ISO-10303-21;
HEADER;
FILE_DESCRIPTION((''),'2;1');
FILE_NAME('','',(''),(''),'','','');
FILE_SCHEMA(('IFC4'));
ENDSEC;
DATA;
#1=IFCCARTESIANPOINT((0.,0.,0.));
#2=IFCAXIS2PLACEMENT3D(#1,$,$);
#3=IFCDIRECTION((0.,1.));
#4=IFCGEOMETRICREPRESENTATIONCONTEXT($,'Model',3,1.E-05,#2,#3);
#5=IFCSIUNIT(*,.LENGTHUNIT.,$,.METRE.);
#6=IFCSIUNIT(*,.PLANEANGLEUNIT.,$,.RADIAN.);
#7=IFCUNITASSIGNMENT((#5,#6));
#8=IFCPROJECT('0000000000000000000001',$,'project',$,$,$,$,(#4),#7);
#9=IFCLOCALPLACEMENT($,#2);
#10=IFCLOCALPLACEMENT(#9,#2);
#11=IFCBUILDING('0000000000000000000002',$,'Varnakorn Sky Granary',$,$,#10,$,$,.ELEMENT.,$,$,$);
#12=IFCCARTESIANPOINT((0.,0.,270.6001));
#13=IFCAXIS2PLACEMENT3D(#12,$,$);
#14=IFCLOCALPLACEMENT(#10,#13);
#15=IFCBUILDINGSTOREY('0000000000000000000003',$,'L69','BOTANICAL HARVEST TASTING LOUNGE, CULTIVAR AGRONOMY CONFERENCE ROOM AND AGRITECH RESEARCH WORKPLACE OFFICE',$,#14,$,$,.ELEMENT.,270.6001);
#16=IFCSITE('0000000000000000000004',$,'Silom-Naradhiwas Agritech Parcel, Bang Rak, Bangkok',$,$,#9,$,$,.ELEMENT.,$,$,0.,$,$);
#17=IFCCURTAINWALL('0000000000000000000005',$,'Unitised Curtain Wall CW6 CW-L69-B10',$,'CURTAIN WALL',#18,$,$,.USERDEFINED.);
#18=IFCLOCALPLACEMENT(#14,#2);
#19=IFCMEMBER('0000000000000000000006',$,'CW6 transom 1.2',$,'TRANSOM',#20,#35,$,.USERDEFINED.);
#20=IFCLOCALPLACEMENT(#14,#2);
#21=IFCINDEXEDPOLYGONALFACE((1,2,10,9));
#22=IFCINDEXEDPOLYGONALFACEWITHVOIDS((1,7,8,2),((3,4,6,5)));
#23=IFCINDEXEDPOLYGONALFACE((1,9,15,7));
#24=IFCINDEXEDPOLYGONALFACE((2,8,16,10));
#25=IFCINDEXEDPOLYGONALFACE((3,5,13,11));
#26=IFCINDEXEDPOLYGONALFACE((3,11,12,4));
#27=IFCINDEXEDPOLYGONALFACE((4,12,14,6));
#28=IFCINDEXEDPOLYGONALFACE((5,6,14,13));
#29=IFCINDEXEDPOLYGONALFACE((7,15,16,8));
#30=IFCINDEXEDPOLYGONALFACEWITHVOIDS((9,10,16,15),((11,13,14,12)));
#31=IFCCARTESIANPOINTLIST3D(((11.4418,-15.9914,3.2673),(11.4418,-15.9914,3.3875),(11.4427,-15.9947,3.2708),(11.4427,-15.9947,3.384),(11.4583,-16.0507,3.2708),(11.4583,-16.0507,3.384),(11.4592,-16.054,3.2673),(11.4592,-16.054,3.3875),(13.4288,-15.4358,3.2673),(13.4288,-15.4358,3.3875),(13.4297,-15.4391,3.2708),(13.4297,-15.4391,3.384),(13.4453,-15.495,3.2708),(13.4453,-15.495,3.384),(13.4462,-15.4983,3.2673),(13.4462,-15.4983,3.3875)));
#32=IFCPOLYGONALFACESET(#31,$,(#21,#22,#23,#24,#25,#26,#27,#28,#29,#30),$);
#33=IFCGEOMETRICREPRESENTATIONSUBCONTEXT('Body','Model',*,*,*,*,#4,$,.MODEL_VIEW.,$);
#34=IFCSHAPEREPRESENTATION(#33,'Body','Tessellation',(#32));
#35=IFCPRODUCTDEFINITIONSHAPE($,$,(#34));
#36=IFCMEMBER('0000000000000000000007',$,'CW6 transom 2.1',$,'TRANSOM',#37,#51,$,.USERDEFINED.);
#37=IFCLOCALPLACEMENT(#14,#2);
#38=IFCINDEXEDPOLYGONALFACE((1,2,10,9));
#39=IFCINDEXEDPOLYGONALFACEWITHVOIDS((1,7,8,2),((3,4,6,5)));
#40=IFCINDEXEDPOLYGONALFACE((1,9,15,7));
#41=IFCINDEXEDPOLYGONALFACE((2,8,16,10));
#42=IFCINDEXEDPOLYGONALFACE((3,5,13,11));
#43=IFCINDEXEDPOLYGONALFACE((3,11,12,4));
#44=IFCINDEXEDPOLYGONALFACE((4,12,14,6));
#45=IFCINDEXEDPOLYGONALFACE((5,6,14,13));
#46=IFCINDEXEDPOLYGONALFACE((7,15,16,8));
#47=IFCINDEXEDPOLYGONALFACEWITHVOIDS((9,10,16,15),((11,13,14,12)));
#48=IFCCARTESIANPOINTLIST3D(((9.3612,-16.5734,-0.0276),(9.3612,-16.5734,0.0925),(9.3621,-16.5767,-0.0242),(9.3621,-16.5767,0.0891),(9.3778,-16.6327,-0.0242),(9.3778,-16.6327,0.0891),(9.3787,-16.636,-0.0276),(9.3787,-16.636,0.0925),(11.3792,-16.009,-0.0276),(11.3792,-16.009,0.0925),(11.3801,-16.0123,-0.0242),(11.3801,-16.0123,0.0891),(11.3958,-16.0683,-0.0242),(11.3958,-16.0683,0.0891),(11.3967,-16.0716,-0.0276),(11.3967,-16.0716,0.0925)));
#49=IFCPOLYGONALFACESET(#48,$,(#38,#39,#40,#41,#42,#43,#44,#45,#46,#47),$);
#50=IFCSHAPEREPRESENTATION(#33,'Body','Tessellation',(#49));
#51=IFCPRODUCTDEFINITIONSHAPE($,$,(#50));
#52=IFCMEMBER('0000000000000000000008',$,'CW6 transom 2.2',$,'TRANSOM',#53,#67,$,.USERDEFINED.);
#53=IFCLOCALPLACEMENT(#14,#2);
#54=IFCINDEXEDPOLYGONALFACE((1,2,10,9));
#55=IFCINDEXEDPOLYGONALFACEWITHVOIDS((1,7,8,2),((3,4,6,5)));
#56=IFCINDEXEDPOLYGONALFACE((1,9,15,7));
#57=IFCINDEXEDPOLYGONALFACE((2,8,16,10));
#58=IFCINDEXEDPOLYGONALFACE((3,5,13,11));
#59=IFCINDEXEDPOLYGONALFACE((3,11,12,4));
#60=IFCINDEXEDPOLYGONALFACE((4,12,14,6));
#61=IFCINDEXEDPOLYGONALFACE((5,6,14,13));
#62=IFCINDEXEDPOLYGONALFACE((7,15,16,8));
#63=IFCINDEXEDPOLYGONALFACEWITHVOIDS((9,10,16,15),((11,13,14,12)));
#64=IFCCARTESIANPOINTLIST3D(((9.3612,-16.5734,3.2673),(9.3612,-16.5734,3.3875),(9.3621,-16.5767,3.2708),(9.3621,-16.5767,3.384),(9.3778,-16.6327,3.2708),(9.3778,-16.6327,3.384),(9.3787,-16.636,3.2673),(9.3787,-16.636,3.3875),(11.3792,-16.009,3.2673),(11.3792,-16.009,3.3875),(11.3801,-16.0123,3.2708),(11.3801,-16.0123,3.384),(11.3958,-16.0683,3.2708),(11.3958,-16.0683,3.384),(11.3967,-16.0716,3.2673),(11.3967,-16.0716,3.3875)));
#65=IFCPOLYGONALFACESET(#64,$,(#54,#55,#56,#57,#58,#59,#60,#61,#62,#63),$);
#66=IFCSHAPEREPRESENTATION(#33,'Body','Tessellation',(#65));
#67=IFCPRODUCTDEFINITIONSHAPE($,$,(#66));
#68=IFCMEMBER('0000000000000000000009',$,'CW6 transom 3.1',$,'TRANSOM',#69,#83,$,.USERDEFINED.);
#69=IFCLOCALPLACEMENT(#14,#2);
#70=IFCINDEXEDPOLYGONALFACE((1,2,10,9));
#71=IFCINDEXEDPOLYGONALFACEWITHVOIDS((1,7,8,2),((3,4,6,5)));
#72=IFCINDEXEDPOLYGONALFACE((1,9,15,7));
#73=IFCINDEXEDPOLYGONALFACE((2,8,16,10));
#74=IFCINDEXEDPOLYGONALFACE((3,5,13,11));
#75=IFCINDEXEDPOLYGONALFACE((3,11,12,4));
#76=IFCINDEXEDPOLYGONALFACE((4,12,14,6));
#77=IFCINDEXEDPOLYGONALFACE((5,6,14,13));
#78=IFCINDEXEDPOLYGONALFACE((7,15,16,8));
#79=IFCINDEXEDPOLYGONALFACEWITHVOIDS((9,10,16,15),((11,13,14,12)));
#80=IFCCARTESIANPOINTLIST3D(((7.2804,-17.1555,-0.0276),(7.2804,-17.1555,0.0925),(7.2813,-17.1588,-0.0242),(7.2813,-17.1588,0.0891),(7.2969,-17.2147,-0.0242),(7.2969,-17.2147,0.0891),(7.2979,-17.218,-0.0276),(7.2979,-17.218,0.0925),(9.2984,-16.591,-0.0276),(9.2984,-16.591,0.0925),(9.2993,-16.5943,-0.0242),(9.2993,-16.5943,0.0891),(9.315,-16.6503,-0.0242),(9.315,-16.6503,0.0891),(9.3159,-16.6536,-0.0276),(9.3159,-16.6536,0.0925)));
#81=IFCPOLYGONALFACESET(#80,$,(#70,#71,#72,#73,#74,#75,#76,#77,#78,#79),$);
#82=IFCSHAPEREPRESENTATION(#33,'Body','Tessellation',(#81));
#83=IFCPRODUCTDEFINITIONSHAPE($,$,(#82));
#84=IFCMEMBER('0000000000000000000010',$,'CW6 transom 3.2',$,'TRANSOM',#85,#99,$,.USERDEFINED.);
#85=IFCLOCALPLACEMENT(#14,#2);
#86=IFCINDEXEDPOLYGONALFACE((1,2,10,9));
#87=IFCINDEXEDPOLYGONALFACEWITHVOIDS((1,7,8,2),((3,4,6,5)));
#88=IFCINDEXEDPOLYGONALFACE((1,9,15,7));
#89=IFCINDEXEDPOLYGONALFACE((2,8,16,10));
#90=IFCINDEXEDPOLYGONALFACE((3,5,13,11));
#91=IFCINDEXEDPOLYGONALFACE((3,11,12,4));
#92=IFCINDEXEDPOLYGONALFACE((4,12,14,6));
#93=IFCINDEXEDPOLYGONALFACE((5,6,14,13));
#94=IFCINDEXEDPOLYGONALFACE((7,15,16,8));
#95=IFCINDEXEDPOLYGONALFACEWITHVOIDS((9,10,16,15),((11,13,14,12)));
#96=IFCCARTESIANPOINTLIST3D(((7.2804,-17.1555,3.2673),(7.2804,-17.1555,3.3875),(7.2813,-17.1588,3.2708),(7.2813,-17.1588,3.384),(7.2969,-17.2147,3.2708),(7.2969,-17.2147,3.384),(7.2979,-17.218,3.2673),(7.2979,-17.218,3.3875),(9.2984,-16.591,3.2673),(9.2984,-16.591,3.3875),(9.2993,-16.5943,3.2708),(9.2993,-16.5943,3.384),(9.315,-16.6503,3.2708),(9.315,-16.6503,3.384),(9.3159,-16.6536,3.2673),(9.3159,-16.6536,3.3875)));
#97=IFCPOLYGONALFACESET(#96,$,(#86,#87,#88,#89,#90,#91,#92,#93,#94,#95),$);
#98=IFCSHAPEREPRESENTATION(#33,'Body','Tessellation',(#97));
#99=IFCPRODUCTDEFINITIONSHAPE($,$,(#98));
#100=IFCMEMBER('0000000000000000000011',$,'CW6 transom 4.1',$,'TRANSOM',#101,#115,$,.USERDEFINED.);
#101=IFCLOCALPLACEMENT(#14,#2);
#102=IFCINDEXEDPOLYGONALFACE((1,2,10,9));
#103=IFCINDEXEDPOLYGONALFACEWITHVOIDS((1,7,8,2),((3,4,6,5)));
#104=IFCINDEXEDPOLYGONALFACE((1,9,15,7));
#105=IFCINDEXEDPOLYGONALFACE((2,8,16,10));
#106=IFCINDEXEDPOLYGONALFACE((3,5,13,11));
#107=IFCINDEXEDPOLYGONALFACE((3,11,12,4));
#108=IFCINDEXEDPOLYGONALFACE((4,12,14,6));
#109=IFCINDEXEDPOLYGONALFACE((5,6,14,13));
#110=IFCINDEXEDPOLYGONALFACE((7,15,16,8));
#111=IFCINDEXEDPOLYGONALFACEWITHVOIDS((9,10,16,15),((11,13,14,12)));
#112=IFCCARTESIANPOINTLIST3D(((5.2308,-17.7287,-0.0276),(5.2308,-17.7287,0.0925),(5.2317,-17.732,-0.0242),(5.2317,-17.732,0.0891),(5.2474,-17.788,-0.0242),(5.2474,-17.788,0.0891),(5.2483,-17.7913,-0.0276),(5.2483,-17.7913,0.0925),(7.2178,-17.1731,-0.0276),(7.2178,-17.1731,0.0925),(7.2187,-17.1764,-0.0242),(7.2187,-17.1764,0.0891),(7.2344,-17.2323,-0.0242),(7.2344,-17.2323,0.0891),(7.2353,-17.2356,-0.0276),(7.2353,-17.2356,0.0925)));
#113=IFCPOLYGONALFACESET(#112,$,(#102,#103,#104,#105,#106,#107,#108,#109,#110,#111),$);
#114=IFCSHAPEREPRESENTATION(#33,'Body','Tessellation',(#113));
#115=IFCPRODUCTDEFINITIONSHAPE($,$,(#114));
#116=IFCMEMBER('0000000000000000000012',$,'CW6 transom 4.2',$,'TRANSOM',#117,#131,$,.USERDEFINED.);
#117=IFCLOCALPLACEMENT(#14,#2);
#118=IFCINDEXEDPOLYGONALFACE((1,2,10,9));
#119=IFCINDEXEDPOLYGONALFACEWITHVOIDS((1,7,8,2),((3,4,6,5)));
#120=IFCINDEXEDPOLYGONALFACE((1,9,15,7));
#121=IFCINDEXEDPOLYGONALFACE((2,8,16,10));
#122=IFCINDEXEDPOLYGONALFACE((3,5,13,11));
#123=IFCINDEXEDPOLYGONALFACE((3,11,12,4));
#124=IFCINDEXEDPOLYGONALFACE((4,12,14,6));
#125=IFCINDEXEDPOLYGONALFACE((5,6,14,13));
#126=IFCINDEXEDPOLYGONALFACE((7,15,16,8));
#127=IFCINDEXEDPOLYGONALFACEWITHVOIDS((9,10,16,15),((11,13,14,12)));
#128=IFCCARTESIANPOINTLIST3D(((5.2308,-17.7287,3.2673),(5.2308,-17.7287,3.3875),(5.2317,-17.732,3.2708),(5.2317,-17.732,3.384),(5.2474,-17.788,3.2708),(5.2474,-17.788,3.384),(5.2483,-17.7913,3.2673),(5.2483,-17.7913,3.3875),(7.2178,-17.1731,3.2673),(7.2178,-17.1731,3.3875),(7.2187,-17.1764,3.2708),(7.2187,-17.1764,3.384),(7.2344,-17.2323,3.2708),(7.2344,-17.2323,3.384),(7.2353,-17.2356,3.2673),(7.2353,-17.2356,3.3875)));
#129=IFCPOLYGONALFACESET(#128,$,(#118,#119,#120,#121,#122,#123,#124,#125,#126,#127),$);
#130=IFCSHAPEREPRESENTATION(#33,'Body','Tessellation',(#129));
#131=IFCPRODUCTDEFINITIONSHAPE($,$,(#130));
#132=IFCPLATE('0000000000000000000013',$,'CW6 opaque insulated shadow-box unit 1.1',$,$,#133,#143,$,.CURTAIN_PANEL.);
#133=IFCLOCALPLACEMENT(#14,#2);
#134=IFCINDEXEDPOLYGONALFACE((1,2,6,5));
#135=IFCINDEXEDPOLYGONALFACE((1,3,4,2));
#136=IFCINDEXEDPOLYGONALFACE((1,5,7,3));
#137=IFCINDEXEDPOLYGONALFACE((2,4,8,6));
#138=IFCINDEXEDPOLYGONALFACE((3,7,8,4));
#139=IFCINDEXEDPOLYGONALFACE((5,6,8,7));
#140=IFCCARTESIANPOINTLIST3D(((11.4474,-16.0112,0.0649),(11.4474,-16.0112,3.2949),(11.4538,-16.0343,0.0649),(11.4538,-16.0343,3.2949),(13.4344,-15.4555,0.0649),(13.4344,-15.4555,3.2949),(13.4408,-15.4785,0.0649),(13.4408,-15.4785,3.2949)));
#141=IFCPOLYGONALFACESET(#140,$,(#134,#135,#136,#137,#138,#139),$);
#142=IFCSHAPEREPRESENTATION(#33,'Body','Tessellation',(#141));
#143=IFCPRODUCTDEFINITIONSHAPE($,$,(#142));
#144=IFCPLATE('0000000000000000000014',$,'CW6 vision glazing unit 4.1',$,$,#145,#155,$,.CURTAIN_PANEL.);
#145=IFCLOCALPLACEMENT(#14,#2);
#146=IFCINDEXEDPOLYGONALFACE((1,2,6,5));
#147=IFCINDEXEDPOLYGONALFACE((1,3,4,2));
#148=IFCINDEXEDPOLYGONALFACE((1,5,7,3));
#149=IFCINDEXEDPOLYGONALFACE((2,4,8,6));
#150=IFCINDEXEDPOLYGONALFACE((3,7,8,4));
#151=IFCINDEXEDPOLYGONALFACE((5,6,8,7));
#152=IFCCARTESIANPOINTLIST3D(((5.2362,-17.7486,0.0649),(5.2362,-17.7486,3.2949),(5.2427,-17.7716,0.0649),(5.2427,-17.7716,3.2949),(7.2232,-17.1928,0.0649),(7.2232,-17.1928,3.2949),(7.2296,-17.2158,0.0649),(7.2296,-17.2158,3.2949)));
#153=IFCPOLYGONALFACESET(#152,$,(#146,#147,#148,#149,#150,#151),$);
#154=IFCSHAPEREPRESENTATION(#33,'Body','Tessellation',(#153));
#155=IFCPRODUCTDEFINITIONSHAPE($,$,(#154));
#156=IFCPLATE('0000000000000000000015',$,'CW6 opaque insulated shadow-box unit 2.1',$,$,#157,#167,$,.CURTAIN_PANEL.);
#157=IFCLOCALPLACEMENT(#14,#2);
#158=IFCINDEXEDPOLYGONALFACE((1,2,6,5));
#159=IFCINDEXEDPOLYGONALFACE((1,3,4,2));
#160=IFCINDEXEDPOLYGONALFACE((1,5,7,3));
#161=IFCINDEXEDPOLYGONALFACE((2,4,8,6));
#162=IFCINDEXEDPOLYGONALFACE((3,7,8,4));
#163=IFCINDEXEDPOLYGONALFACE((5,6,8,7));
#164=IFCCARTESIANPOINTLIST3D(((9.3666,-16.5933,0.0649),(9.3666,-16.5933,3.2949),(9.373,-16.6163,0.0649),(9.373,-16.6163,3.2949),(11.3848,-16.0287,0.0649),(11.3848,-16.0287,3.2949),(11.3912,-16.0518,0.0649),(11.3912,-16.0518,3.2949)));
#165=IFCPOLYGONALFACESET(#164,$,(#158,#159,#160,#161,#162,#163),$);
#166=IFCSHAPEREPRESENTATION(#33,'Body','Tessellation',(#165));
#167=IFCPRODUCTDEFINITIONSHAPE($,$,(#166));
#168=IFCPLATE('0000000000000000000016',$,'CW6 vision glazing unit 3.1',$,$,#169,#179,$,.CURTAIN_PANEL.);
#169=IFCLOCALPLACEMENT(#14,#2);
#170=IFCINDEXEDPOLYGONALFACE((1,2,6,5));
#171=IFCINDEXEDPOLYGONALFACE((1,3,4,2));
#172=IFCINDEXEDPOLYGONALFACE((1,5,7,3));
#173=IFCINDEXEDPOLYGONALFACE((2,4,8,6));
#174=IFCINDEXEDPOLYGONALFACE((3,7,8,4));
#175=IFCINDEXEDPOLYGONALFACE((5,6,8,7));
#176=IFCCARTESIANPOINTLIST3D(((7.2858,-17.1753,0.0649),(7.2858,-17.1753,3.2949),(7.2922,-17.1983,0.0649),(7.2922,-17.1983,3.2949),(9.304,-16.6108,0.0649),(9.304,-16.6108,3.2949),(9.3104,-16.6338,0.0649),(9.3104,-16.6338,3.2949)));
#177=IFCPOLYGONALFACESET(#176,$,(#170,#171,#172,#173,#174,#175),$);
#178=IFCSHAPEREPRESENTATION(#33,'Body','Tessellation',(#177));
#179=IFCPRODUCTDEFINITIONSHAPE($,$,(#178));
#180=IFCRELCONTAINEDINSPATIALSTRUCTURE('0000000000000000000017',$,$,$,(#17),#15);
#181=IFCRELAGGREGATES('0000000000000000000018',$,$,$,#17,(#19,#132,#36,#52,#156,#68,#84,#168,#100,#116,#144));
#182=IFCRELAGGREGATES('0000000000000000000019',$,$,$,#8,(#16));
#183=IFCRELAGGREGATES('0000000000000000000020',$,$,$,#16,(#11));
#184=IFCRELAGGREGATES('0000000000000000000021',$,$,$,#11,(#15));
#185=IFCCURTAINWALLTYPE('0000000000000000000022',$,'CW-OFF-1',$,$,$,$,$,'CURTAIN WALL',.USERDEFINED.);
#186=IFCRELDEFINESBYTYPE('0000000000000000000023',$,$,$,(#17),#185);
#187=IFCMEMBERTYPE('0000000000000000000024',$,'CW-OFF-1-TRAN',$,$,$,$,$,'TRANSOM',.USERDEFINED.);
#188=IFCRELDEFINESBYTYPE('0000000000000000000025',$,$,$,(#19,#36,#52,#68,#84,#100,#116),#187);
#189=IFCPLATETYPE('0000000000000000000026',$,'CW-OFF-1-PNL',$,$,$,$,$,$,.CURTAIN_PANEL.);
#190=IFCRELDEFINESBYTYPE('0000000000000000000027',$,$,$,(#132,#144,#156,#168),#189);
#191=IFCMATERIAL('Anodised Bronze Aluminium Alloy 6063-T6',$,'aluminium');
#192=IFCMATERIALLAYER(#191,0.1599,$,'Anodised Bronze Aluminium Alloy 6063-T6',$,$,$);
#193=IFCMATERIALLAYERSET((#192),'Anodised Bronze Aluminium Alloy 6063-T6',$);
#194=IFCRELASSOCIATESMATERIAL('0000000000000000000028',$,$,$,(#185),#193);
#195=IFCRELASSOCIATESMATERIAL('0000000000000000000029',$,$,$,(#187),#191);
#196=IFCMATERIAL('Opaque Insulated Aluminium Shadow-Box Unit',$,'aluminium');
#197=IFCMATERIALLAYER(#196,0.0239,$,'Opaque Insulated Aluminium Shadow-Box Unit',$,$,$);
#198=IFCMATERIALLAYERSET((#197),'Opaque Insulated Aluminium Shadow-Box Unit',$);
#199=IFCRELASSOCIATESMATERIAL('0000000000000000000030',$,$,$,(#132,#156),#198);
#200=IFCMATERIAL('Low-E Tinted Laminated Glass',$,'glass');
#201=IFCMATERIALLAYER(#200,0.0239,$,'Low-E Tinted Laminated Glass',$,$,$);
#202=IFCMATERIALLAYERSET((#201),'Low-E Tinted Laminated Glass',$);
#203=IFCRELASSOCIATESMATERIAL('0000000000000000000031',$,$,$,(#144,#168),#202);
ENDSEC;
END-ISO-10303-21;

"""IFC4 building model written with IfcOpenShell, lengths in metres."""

from ifc_helpers import new_model, si_unit, direction, frame, origin, origin_2d, place, context, subcontext, project, spatial, rectangle, hollow_rectangle, extrude, source, transform, mapped, material, layer, layer_set, material_profile, profile_set, type_object, type_shapes, element, aggregate, save


model = new_model("IFC4")

# Units and contexts
model_context = context("Model", 3, precision=1e-05, world=origin(), true_north=direction((0.0, 1.0)))
body_context = subcontext(model_context, "Body", "Model", "MODEL_VIEW")
ifc_project = project(units=[si_unit("LENGTHUNIT", "METRE"), si_unit("PLANEANGLEUNIT", "RADIAN")], contexts=[model_context])

# Site, building, storey
site_placement = place(None, origin())
site = spatial("IfcSite", under=ifc_project, at=site_placement, Name="Silom-Naradhiwas Agritech Parcel, Bang Rak, Bangkok", CompositionType="ELEMENT", RefElevation=0.0)
building_placement = place(site_placement, origin())
building = spatial("IfcBuilding", under=site, at=building_placement, Name="Varnakorn Sky Granary", CompositionType="ELEMENT")
storey_placement = place(building_placement, frame((0.0, 0.0, 270.6001)))
storey = spatial("IfcBuildingStorey", under=building, at=storey_placement, Name="L69", Description="BOTANICAL HARVEST TASTING LOUNGE, CULTIVAR AGRONOMY CONFERENCE ROOM AND AGRITECH RESEARCH WORKPLACE OFFICE", CompositionType="ELEMENT", Elevation=270.6001)

# Curtain wall, members, plates
ifc_material_1 = material(Name="Anodised Bronze Aluminium Alloy 6063-T6", Category="aluminium")
ifc_layer_1 = layer(ifc_material_1, 0.1599, Name="Anodised Bronze Aluminium Alloy 6063-T6")
ifc_layer_set_1 = layer_set([ifc_layer_1], Name="Anodised Bronze Aluminium Alloy 6063-T6")
curtain_wall_type = type_object("IfcCurtainWallType", Name="CW-OFF-1", ElementType="CURTAIN WALL", PredefinedType="USERDEFINED", material=ifc_layer_set_1)
curtain_wall_placement = place(storey_placement, origin())
curtain_wall = element("IfcCurtainWall", 1, at=curtain_wall_placement, inside=storey, type_object=curtain_wall_type, Name="Unitised Curtain Wall CW6 CW-L69-B10", ObjectType="CURTAIN WALL", PredefinedType="USERDEFINED")
ifc_material_profile_1 = material_profile(ifc_material_1, hollow_rectangle(XDim=0.0649, YDim=0.1201, WallThickness=0.0034, at=origin_2d()), Name="ALU TRAN 65x120")
ifc_profile_set_1 = profile_set([ifc_material_profile_1], Name="Anodised Bronze Aluminium Alloy 6063-T6")
member_type_1 = type_object("IfcMemberType", Name="CW-OFF-1-TRAN", ElementType="TRANSOM", PredefinedType="USERDEFINED", material=ifc_profile_set_1)
member_1_placement = place(storey_placement, frame((13.4375, -15.467, 3.3274), z_axis=(-0.963054, -0.26931, 0.0), x_axis=(0.26931, -0.963054, 0.0)))
member_1 = element("IfcMember", 2, at=member_1_placement, type_object=member_type_1, Name="CW6 transom 1.2", ObjectType="TRANSOM", PredefinedType="USERDEFINED", context=body_context, shape_type="SweptSolid", body=[
    extrude(hollow_rectangle(XDim=0.0649, YDim=0.1201, WallThickness=0.0034, at=origin_2d()), origin(), (0.0, 0.0, 1.0), 2.0632),
])
member_2_placement = place(storey_placement, frame((11.3879, -16.0403, 0.0325), z_axis=(-0.963039, -0.269362, 0.0), x_axis=(0.269362, -0.963039, 0.0)))
member_2 = element("IfcMember", 3, at=member_2_placement, type_object=member_type_1, Name="CW6 transom 2.1", ObjectType="TRANSOM", PredefinedType="USERDEFINED", context=body_context, shape_type="SweptSolid", body=[
    extrude(hollow_rectangle(XDim=0.0649, YDim=0.1201, WallThickness=0.0034, at=origin_2d()), origin(), (0.0, 0.0, 1.0), 2.0955),
])
member_3_placement = place(storey_placement, frame((11.3879, -16.0403, 3.3274), z_axis=(-0.963039, -0.269362, 0.0), x_axis=(0.269362, -0.963039, 0.0)))
member_3 = element("IfcMember", 4, at=member_3_placement, type_object=member_type_1, Name="CW6 transom 2.2", ObjectType="TRANSOM", PredefinedType="USERDEFINED", context=body_context, shape_type="SweptSolid", body=[
    extrude(hollow_rectangle(XDim=0.0649, YDim=0.1201, WallThickness=0.0034, at=origin_2d()), origin(), (0.0, 0.0, 1.0), 2.0955),
])
member_4_placement = place(storey_placement, frame((9.3071, -16.6223, 0.0325), z_axis=(-0.963039, -0.269362, 0.0), x_axis=(0.269362, -0.963039, 0.0)))
member_4 = element("IfcMember", 5, at=member_4_placement, type_object=member_type_1, Name="CW6 transom 3.1", ObjectType="TRANSOM", PredefinedType="USERDEFINED", context=body_context, shape_type="SweptSolid", body=[
    extrude(hollow_rectangle(XDim=0.0649, YDim=0.1201, WallThickness=0.0034, at=origin_2d()), origin(), (0.0, 0.0, 1.0), 2.0955),
])
member_5_placement = place(storey_placement, frame((9.3071, -16.6223, 3.3274), z_axis=(-0.963039, -0.269362, 0.0), x_axis=(0.269362, -0.963039, 0.0)))
member_5 = element("IfcMember", 6, at=member_5_placement, type_object=member_type_1, Name="CW6 transom 3.2", ObjectType="TRANSOM", PredefinedType="USERDEFINED", context=body_context, shape_type="SweptSolid", body=[
    extrude(hollow_rectangle(XDim=0.0649, YDim=0.1201, WallThickness=0.0034, at=origin_2d()), origin(), (0.0, 0.0, 1.0), 2.0955),
])
member_6_placement = place(storey_placement, frame((7.2266, -17.2043, 0.0325), z_axis=(-0.963054, -0.26931, 0.0), x_axis=(0.26931, -0.963054, 0.0)))
member_6 = element("IfcMember", 7, at=member_6_placement, type_object=member_type_1, Name="CW6 transom 4.1", ObjectType="TRANSOM", PredefinedType="USERDEFINED", context=body_context, shape_type="SweptSolid", body=[
    extrude(hollow_rectangle(XDim=0.0649, YDim=0.1201, WallThickness=0.0034, at=origin_2d()), origin(), (0.0, 0.0, 1.0), 2.0632),
])
member_7_placement = place(storey_placement, frame((7.2266, -17.2043, 3.3274), z_axis=(-0.963054, -0.26931, 0.0), x_axis=(0.26931, -0.963054, 0.0)))
member_7 = element("IfcMember", 8, at=member_7_placement, type_object=member_type_1, Name="CW6 transom 4.2", ObjectType="TRANSOM", PredefinedType="USERDEFINED", context=body_context, shape_type="SweptSolid", body=[
    extrude(hollow_rectangle(XDim=0.0649, YDim=0.1201, WallThickness=0.0034, at=origin_2d()), origin(), (0.0, 0.0, 1.0), 2.0632),
])
ifc_material_2 = material(Name="Opaque Insulated Aluminium Shadow-Box Unit", Category="aluminium")
ifc_layer_2 = layer(ifc_material_2, 0.0239, Name="Opaque Insulated Aluminium Shadow-Box Unit")
ifc_layer_set_2 = layer_set([ifc_layer_2], Name="Opaque Insulated Aluminium Shadow-Box Unit")
plate_type = type_object("IfcPlateType", Name="CW-OFF-1-PNL", PredefinedType="CURTAIN_PANEL")
shared_shape_1 = source(origin(), body_context, "Body", "SweptSolid", [
    extrude(rectangle(XDim=2.0632, YDim=0.0239, at=origin_2d()), origin(), (0.0, 0.0, 1.0), 3.23),
])
plate_1_placement = place(storey_placement, frame((12.4441, -15.7449, 0.0649), z_axis=(0.0, 0.0, 1.0), x_axis=(-0.963034, -0.269379, 0.0)))
plate_1 = element("IfcPlate", 9, at=plate_1_placement, type_object=plate_type, material=ifc_layer_set_2, Name="CW6 opaque insulated shadow-box unit 1.1", PredefinedType="CURTAIN_PANEL", context=body_context, shape_type="MappedRepresentation", body=[
    mapped(shared_shape_1, transform((0.0, 0.0, 0.0), x_axis=(1.0, 0.0, 0.0), y_axis=(0.0, 1.0, 0.0), z_axis=(0.0, 0.0, 1.0), scale=1.0)),
])
ifc_material_3 = material(Name="Low-E Tinted Laminated Glass", Category="glass")
ifc_layer_3 = layer(ifc_material_3, 0.0239, Name="Low-E Tinted Laminated Glass")
ifc_layer_set_3 = layer_set([ifc_layer_3], Name="Low-E Tinted Laminated Glass")
plate_2_placement = place(storey_placement, frame((6.2329, -17.4822, 0.0649), z_axis=(0.0, 0.0, 1.0), x_axis=(-0.963034, -0.269379, 0.0)))
plate_2 = element("IfcPlate", 10, at=plate_2_placement, type_object=plate_type, material=ifc_layer_set_3, Name="CW6 vision glazing unit 4.1", PredefinedType="CURTAIN_PANEL", context=body_context, shape_type="MappedRepresentation", body=[
    mapped(shared_shape_1, transform((0.0, 0.0, 0.0), x_axis=(1.0, 0.0, 0.0), y_axis=(0.0, 1.0, 0.0), z_axis=(0.0, 0.0, 1.0), scale=1.0)),
])
shared_shape_2 = source(origin(), body_context, "Body", "SweptSolid", [
    extrude(rectangle(XDim=2.0957, YDim=0.0239, at=origin_2d()), origin(), (0.0, 0.0, 1.0), 3.23),
])
type_shapes(plate_type, [shared_shape_1, shared_shape_2])
plate_3_placement = place(storey_placement, frame((10.3789, -16.3225, 0.0649), z_axis=(0.0, 0.0, 1.0), x_axis=(-0.963034, -0.269379, 0.0)))
plate_3 = element("IfcPlate", 11, at=plate_3_placement, type_object=plate_type, material=ifc_layer_set_2, Name="CW6 opaque insulated shadow-box unit 2.1", PredefinedType="CURTAIN_PANEL", context=body_context, shape_type="MappedRepresentation", body=[
    mapped(shared_shape_2, transform((0.0, 0.0, 0.0), x_axis=(1.0, 0.0, 0.0), y_axis=(0.0, 1.0, 0.0), z_axis=(0.0, 0.0, 1.0), scale=1.0)),
])
plate_4_placement = place(storey_placement, frame((8.2981, -16.9045, 0.0649), z_axis=(0.0, 0.0, 1.0), x_axis=(-0.963034, -0.269379, 0.0)))
plate_4 = element("IfcPlate", 12, at=plate_4_placement, type_object=plate_type, material=ifc_layer_set_3, Name="CW6 vision glazing unit 3.1", PredefinedType="CURTAIN_PANEL", context=body_context, shape_type="MappedRepresentation", body=[
    mapped(shared_shape_2, transform((0.0, 0.0, 0.0), x_axis=(1.0, 0.0, 0.0), y_axis=(0.0, 1.0, 0.0), z_axis=(0.0, 0.0, 1.0), scale=1.0)),
])
aggregate(curtain_wall, [member_1, plate_1, member_2, member_3, plate_3, member_4, member_5, plate_4, member_6, member_7, plate_2])

save(model, "model.ifc")
